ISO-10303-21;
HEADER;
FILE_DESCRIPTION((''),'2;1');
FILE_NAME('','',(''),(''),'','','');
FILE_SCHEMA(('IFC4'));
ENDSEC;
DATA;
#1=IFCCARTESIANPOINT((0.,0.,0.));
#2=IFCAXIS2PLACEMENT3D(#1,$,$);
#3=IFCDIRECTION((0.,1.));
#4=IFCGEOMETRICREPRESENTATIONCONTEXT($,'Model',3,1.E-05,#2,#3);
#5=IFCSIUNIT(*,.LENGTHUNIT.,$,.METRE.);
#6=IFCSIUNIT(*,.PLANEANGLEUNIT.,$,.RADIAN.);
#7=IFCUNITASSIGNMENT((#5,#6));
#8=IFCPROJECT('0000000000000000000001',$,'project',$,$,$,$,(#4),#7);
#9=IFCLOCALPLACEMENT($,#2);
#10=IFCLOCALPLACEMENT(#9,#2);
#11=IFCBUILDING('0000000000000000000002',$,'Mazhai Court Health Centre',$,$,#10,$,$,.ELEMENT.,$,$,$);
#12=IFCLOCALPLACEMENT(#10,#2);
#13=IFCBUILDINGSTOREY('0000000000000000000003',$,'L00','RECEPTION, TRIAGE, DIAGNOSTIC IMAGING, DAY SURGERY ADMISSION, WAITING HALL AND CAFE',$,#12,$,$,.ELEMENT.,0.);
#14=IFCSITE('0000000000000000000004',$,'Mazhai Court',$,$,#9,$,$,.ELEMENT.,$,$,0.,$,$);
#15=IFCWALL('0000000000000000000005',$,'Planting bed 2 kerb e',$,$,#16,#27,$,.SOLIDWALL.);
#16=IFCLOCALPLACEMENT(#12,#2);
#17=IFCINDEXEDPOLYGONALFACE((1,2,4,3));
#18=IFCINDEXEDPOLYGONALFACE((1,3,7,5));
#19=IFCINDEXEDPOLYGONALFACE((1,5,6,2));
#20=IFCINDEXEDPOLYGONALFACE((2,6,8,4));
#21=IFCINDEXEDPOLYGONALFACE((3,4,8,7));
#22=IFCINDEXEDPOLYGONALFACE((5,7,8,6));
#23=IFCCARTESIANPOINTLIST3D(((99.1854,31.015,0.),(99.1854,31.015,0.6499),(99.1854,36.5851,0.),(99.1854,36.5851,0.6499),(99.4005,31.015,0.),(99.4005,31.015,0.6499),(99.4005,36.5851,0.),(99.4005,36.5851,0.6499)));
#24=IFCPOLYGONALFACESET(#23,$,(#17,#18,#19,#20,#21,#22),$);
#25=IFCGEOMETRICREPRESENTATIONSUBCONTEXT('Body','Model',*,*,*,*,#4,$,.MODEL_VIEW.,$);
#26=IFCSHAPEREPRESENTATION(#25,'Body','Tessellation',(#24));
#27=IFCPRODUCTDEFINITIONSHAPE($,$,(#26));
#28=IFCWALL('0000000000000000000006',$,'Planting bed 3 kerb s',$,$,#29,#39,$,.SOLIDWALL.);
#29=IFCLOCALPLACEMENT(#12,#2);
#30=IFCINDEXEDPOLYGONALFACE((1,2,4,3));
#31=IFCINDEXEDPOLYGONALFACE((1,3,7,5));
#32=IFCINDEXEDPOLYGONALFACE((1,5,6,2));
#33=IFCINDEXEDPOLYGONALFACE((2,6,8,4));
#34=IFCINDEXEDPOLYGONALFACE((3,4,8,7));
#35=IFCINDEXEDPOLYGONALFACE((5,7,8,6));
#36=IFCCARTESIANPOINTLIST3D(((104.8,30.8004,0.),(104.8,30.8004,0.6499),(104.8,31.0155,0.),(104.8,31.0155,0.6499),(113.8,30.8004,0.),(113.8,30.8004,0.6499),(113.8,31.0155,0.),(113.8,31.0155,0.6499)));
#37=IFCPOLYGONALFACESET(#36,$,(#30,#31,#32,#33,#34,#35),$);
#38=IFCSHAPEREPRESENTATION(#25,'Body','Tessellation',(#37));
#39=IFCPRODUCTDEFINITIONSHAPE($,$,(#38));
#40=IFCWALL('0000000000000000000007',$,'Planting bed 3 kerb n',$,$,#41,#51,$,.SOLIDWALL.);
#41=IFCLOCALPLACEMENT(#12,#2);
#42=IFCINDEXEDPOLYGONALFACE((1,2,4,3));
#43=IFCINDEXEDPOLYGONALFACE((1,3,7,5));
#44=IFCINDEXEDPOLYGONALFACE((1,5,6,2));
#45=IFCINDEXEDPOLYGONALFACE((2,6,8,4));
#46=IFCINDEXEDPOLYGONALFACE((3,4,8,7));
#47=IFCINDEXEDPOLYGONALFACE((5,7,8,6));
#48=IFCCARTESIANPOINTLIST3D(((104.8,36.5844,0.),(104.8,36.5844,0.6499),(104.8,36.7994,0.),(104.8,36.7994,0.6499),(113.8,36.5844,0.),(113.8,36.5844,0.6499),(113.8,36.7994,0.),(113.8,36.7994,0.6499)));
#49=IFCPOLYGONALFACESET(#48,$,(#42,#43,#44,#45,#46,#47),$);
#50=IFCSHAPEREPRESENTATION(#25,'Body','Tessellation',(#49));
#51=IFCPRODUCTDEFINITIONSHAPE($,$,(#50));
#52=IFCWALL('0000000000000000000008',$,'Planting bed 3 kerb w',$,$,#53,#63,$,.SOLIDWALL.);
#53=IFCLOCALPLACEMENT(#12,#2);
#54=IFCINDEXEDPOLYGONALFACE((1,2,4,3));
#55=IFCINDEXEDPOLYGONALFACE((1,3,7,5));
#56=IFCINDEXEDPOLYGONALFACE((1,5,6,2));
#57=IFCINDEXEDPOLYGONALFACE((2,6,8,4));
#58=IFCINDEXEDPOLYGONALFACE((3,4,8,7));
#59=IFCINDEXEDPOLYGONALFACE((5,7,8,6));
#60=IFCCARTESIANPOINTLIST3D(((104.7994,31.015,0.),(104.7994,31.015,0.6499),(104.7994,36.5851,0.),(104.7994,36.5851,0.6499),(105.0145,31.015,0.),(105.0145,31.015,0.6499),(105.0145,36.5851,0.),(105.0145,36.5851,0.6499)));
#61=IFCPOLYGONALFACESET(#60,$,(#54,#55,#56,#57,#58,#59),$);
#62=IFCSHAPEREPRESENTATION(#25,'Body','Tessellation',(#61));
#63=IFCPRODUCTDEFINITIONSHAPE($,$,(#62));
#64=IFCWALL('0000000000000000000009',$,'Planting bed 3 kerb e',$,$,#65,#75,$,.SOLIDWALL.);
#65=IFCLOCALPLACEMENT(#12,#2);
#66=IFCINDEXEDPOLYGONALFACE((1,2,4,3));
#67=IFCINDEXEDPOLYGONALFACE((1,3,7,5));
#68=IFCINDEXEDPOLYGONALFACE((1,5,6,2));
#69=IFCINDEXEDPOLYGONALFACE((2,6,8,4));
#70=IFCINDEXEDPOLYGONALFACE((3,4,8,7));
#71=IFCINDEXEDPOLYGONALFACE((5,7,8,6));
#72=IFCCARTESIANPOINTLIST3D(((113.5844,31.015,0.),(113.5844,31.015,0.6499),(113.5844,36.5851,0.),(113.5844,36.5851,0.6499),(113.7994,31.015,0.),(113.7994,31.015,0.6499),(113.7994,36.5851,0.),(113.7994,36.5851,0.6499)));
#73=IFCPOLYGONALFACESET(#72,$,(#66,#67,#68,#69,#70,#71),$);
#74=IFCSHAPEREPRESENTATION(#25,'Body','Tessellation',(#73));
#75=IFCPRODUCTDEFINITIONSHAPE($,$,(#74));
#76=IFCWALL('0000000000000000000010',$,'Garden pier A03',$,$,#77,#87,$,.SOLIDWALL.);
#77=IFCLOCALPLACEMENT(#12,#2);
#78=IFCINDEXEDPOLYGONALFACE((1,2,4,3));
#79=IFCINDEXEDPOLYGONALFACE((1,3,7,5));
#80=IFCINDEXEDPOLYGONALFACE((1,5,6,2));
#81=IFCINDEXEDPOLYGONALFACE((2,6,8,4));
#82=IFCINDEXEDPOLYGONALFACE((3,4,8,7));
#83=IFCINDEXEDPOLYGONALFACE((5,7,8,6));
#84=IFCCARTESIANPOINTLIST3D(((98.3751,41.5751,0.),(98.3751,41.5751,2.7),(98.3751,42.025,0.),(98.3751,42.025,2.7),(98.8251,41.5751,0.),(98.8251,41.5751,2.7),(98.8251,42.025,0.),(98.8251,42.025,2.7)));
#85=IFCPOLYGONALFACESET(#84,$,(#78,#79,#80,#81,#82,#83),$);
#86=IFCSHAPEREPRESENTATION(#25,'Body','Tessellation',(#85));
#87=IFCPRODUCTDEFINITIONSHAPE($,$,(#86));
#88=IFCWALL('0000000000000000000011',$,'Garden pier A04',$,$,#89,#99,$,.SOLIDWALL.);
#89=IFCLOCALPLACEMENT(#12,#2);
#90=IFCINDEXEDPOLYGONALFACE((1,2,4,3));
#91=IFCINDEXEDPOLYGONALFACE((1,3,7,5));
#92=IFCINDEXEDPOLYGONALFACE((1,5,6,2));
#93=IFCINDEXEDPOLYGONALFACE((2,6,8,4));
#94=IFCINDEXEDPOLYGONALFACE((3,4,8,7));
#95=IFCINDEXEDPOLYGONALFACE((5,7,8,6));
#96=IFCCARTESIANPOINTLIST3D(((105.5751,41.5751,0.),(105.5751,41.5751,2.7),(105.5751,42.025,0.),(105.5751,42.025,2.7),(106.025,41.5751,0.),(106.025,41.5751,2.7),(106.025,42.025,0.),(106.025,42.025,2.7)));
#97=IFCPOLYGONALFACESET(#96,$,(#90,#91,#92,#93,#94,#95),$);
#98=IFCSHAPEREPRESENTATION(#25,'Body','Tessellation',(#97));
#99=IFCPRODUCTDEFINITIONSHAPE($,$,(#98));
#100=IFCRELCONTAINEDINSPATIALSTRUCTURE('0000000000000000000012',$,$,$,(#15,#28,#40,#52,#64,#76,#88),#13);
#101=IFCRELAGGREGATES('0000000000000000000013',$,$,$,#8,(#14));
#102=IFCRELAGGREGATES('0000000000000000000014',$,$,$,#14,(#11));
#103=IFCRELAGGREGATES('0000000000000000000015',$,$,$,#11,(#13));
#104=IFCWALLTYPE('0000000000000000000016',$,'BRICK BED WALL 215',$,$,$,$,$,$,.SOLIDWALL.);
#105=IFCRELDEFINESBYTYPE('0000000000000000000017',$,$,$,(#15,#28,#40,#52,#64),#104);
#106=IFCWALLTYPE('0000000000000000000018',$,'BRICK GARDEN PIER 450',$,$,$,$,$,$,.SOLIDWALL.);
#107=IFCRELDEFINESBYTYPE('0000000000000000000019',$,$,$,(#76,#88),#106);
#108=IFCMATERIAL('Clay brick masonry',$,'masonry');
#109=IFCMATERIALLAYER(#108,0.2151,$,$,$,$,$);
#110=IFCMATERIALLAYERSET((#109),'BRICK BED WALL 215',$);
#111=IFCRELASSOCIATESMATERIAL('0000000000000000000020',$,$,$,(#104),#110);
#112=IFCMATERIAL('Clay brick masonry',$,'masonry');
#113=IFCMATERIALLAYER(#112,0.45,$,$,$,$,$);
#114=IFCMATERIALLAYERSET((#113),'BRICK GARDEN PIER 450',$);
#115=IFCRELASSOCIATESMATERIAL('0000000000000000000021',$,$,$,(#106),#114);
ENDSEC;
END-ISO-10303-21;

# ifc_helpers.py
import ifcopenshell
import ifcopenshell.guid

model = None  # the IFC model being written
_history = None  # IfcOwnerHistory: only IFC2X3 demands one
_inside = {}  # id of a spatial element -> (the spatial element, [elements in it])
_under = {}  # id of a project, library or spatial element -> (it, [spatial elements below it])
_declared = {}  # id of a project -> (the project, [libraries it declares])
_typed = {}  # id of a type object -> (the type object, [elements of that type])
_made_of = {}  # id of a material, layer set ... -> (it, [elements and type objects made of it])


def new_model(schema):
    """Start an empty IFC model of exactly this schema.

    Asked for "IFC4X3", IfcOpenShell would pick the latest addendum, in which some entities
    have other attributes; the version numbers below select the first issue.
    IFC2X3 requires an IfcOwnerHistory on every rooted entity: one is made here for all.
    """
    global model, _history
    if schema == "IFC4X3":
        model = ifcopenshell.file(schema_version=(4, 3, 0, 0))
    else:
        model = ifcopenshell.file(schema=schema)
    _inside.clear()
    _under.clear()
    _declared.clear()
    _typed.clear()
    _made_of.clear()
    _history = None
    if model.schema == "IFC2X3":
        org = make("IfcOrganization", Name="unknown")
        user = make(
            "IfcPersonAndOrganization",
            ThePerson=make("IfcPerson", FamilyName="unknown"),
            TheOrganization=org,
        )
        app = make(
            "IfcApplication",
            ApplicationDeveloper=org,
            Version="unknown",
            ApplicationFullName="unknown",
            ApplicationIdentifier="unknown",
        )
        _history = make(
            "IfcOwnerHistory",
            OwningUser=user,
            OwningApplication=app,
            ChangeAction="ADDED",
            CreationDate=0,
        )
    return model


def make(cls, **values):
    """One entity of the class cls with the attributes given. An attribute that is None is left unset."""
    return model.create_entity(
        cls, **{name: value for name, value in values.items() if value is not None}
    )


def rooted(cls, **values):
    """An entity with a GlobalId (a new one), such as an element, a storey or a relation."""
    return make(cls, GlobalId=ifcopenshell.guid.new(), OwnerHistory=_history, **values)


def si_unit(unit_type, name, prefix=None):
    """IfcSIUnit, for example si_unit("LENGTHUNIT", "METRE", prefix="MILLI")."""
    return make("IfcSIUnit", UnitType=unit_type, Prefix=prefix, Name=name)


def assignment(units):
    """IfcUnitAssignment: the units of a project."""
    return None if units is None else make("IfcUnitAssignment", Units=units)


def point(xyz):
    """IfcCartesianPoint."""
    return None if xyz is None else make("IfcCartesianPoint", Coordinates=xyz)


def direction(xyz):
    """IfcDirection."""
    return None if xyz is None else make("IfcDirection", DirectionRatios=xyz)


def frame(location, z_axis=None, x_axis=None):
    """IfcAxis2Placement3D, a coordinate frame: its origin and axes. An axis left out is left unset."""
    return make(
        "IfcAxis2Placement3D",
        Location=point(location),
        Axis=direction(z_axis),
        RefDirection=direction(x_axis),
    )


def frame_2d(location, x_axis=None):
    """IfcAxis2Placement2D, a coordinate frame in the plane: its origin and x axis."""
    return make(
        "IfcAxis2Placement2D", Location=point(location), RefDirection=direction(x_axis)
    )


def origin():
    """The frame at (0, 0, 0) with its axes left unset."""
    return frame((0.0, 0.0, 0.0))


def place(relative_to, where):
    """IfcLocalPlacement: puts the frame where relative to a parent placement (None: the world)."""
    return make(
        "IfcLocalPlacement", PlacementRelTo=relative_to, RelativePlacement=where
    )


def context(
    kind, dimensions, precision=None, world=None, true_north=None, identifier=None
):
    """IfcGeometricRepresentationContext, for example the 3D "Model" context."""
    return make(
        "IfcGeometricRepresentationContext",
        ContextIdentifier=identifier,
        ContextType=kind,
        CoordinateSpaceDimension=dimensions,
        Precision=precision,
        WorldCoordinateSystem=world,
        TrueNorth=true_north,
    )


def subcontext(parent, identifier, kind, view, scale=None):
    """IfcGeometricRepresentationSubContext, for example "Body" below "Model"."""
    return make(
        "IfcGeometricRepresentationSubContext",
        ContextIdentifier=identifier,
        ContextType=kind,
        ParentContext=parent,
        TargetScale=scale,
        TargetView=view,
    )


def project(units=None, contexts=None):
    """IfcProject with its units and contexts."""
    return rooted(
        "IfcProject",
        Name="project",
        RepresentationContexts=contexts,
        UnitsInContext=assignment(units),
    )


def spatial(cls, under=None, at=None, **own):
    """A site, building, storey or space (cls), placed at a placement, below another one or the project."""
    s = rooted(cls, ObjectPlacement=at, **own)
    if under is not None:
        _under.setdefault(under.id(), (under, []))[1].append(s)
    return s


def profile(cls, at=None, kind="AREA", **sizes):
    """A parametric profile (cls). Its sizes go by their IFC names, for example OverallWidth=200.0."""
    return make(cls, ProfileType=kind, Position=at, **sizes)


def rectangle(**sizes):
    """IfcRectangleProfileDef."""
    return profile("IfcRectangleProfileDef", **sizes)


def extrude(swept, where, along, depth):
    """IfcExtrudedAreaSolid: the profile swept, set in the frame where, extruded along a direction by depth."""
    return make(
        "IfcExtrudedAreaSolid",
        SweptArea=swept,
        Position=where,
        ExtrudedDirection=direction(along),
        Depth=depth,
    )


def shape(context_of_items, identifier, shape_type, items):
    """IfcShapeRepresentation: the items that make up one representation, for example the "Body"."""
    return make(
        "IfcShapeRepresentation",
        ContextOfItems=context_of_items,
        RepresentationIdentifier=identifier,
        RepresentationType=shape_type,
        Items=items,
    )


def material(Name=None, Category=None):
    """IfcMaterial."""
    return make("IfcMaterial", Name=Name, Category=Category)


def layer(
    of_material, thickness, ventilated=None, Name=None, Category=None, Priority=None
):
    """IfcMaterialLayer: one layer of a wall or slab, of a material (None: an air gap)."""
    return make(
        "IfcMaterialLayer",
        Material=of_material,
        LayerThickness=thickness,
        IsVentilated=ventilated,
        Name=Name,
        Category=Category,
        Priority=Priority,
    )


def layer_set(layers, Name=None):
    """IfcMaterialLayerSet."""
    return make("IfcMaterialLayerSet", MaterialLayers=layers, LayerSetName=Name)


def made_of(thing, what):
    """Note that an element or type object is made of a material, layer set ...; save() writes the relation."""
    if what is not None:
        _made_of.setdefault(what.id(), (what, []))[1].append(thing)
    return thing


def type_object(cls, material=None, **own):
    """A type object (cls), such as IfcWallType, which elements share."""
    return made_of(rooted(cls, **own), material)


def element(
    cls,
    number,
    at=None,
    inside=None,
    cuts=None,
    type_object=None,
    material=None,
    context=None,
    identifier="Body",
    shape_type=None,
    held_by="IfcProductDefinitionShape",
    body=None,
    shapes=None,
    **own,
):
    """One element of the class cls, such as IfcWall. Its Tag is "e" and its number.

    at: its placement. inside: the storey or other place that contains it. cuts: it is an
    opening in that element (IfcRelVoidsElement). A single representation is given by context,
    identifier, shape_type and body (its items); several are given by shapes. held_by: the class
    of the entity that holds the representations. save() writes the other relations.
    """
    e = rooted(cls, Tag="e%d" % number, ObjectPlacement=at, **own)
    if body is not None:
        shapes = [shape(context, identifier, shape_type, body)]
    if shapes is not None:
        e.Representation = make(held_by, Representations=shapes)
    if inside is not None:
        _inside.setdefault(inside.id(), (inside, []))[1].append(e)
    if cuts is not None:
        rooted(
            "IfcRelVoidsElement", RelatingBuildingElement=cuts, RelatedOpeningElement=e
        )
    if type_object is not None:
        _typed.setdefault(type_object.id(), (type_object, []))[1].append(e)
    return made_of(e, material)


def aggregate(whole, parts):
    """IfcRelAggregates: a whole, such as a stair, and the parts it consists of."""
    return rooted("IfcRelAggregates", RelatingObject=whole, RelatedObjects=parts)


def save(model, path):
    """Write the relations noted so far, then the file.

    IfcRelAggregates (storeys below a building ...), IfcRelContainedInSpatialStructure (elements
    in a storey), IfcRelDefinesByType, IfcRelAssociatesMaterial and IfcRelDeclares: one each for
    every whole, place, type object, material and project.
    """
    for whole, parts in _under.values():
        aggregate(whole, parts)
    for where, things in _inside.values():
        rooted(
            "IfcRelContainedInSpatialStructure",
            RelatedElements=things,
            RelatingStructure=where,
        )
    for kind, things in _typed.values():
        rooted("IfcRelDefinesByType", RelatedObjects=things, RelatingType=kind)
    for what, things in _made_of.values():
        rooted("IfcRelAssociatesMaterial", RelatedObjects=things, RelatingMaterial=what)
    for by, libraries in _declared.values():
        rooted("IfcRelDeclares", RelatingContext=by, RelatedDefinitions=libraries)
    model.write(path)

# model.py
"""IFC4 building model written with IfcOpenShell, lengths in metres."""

from ifc_helpers import new_model, si_unit, direction, frame, frame_2d, origin, place, context, subcontext, project, spatial, rectangle, extrude, material, layer, layer_set, type_object, element, save


model = new_model("IFC4")

# Units and contexts
model_context = context("Model", 3, precision=1e-05, world=origin(), true_north=direction((0.0, 1.0)))
body_context = subcontext(model_context, "Body", "Model", "MODEL_VIEW")
ifc_project = project(units=[si_unit("LENGTHUNIT", "METRE"), si_unit("PLANEANGLEUNIT", "RADIAN")], contexts=[model_context])

# Site, building, storey
site_placement = place(None, origin())
site = spatial("IfcSite", under=ifc_project, at=site_placement, Name="Mazhai Court", CompositionType="ELEMENT", RefElevation=0.0)
building_placement = place(site_placement, origin())
building = spatial("IfcBuilding", under=site, at=building_placement, Name="Mazhai Court Health Centre", CompositionType="ELEMENT")
storey_placement = place(building_placement, origin())
storey = spatial("IfcBuildingStorey", under=building, at=storey_placement, Name="L00", Description="RECEPTION, TRIAGE, DIAGNOSTIC IMAGING, DAY SURGERY ADMISSION, WAITING HALL AND CAFE", CompositionType="ELEMENT", Elevation=0.0)

# Walls
ifc_material_1 = material(Name="Clay brick masonry", Category="masonry")
ifc_layer_1 = layer(ifc_material_1, 0.2151)
ifc_layer_set_1 = layer_set([ifc_layer_1], Name="BRICK BED WALL 215")
wall_type_1 = type_object("IfcWallType", Name="BRICK BED WALL 215", PredefinedType="SOLIDWALL", material=ifc_layer_set_1)
wall_placement = place(storey_placement, frame((99.293, 31.0149, 0.0), z_axis=(0.0, 0.0, 1.0), x_axis=(0.0, 1.0, 0.0)))
element("IfcWall", 1, at=wall_placement, inside=storey, type_object=wall_type_1, Name="Planting bed 2 kerb e", PredefinedType="SOLIDWALL", context=body_context, shape_type="SweptSolid", body=[
    extrude(rectangle(XDim=5.5701, YDim=0.2151, at=frame_2d((2.7852, 0.0))), origin(), (0.0, 0.0, 1.0), 0.6499),
])
for number, where, z_axis, x_axis, name in (
    (2, (104.8, 30.908, 0.0), (0.0, 0.0, 1.0), (1.0, 0.0, 0.0), "Planting bed 3 kerb s"),
    (3, (104.8, 36.6919, 0.0), (0.0, 0.0, 1.0), (1.0, 0.0, 0.0), "Planting bed 3 kerb n"),
):
    element("IfcWall", number, at=place(storey_placement, frame(where, z_axis=z_axis, x_axis=x_axis)), inside=storey, type_object=wall_type_1, Name=name, PredefinedType="SOLIDWALL", context=body_context, shape_type="SweptSolid", body=[
        extrude(rectangle(XDim=9.0, YDim=0.2151, at=frame_2d((4.5, 0.0))), origin(), (0.0, 0.0, 1.0), 0.6499),
    ])
for number, where, z_axis, x_axis, name in (
    (4, (104.907, 31.0149, 0.0), (0.0, 0.0, 1.0), (0.0, 1.0, 0.0), "Planting bed 3 kerb w"),
    (5, (113.6919, 31.0149, 0.0), (0.0, 0.0, 1.0), (0.0, 1.0, 0.0), "Planting bed 3 kerb e"),
):
    element("IfcWall", number, at=place(storey_placement, frame(where, z_axis=z_axis, x_axis=x_axis)), inside=storey, type_object=wall_type_1, Name=name, PredefinedType="SOLIDWALL", context=body_context, shape_type="SweptSolid", body=[
        extrude(rectangle(XDim=5.5701, YDim=0.2151, at=frame_2d((2.7852, 0.0))), origin(), (0.0, 0.0, 1.0), 0.6499),
    ])
ifc_material_2 = material(Name="Clay brick masonry", Category="masonry")
ifc_layer_2 = layer(ifc_material_2, 0.45)
ifc_layer_set_2 = layer_set([ifc_layer_2], Name="BRICK GARDEN PIER 450")
wall_type_2 = type_object("IfcWallType", Name="BRICK GARDEN PIER 450", PredefinedType="SOLIDWALL", material=ifc_layer_set_2)
for number, where, z_axis, x_axis, name in (
    (6, (98.375, 41.8, 0.0), (0.0, 0.0, 1.0), (1.0, 0.0, 0.0), "Garden pier A03"),
    (7, (105.575, 41.8, 0.0), (0.0, 0.0, 1.0), (1.0, 0.0, 0.0), "Garden pier A04"),
):
    element("IfcWall", number, at=place(storey_placement, frame(where, z_axis=z_axis, x_axis=x_axis)), inside=storey, type_object=wall_type_2, Name=name, PredefinedType="SOLIDWALL", context=body_context, shape_type="SweptSolid", body=[
        extrude(rectangle(XDim=0.45, YDim=0.45, at=frame_2d((0.2251, 0.0))), origin(), (0.0, 0.0, 1.0), 2.7),
    ])

save(model, "model.ifc")
